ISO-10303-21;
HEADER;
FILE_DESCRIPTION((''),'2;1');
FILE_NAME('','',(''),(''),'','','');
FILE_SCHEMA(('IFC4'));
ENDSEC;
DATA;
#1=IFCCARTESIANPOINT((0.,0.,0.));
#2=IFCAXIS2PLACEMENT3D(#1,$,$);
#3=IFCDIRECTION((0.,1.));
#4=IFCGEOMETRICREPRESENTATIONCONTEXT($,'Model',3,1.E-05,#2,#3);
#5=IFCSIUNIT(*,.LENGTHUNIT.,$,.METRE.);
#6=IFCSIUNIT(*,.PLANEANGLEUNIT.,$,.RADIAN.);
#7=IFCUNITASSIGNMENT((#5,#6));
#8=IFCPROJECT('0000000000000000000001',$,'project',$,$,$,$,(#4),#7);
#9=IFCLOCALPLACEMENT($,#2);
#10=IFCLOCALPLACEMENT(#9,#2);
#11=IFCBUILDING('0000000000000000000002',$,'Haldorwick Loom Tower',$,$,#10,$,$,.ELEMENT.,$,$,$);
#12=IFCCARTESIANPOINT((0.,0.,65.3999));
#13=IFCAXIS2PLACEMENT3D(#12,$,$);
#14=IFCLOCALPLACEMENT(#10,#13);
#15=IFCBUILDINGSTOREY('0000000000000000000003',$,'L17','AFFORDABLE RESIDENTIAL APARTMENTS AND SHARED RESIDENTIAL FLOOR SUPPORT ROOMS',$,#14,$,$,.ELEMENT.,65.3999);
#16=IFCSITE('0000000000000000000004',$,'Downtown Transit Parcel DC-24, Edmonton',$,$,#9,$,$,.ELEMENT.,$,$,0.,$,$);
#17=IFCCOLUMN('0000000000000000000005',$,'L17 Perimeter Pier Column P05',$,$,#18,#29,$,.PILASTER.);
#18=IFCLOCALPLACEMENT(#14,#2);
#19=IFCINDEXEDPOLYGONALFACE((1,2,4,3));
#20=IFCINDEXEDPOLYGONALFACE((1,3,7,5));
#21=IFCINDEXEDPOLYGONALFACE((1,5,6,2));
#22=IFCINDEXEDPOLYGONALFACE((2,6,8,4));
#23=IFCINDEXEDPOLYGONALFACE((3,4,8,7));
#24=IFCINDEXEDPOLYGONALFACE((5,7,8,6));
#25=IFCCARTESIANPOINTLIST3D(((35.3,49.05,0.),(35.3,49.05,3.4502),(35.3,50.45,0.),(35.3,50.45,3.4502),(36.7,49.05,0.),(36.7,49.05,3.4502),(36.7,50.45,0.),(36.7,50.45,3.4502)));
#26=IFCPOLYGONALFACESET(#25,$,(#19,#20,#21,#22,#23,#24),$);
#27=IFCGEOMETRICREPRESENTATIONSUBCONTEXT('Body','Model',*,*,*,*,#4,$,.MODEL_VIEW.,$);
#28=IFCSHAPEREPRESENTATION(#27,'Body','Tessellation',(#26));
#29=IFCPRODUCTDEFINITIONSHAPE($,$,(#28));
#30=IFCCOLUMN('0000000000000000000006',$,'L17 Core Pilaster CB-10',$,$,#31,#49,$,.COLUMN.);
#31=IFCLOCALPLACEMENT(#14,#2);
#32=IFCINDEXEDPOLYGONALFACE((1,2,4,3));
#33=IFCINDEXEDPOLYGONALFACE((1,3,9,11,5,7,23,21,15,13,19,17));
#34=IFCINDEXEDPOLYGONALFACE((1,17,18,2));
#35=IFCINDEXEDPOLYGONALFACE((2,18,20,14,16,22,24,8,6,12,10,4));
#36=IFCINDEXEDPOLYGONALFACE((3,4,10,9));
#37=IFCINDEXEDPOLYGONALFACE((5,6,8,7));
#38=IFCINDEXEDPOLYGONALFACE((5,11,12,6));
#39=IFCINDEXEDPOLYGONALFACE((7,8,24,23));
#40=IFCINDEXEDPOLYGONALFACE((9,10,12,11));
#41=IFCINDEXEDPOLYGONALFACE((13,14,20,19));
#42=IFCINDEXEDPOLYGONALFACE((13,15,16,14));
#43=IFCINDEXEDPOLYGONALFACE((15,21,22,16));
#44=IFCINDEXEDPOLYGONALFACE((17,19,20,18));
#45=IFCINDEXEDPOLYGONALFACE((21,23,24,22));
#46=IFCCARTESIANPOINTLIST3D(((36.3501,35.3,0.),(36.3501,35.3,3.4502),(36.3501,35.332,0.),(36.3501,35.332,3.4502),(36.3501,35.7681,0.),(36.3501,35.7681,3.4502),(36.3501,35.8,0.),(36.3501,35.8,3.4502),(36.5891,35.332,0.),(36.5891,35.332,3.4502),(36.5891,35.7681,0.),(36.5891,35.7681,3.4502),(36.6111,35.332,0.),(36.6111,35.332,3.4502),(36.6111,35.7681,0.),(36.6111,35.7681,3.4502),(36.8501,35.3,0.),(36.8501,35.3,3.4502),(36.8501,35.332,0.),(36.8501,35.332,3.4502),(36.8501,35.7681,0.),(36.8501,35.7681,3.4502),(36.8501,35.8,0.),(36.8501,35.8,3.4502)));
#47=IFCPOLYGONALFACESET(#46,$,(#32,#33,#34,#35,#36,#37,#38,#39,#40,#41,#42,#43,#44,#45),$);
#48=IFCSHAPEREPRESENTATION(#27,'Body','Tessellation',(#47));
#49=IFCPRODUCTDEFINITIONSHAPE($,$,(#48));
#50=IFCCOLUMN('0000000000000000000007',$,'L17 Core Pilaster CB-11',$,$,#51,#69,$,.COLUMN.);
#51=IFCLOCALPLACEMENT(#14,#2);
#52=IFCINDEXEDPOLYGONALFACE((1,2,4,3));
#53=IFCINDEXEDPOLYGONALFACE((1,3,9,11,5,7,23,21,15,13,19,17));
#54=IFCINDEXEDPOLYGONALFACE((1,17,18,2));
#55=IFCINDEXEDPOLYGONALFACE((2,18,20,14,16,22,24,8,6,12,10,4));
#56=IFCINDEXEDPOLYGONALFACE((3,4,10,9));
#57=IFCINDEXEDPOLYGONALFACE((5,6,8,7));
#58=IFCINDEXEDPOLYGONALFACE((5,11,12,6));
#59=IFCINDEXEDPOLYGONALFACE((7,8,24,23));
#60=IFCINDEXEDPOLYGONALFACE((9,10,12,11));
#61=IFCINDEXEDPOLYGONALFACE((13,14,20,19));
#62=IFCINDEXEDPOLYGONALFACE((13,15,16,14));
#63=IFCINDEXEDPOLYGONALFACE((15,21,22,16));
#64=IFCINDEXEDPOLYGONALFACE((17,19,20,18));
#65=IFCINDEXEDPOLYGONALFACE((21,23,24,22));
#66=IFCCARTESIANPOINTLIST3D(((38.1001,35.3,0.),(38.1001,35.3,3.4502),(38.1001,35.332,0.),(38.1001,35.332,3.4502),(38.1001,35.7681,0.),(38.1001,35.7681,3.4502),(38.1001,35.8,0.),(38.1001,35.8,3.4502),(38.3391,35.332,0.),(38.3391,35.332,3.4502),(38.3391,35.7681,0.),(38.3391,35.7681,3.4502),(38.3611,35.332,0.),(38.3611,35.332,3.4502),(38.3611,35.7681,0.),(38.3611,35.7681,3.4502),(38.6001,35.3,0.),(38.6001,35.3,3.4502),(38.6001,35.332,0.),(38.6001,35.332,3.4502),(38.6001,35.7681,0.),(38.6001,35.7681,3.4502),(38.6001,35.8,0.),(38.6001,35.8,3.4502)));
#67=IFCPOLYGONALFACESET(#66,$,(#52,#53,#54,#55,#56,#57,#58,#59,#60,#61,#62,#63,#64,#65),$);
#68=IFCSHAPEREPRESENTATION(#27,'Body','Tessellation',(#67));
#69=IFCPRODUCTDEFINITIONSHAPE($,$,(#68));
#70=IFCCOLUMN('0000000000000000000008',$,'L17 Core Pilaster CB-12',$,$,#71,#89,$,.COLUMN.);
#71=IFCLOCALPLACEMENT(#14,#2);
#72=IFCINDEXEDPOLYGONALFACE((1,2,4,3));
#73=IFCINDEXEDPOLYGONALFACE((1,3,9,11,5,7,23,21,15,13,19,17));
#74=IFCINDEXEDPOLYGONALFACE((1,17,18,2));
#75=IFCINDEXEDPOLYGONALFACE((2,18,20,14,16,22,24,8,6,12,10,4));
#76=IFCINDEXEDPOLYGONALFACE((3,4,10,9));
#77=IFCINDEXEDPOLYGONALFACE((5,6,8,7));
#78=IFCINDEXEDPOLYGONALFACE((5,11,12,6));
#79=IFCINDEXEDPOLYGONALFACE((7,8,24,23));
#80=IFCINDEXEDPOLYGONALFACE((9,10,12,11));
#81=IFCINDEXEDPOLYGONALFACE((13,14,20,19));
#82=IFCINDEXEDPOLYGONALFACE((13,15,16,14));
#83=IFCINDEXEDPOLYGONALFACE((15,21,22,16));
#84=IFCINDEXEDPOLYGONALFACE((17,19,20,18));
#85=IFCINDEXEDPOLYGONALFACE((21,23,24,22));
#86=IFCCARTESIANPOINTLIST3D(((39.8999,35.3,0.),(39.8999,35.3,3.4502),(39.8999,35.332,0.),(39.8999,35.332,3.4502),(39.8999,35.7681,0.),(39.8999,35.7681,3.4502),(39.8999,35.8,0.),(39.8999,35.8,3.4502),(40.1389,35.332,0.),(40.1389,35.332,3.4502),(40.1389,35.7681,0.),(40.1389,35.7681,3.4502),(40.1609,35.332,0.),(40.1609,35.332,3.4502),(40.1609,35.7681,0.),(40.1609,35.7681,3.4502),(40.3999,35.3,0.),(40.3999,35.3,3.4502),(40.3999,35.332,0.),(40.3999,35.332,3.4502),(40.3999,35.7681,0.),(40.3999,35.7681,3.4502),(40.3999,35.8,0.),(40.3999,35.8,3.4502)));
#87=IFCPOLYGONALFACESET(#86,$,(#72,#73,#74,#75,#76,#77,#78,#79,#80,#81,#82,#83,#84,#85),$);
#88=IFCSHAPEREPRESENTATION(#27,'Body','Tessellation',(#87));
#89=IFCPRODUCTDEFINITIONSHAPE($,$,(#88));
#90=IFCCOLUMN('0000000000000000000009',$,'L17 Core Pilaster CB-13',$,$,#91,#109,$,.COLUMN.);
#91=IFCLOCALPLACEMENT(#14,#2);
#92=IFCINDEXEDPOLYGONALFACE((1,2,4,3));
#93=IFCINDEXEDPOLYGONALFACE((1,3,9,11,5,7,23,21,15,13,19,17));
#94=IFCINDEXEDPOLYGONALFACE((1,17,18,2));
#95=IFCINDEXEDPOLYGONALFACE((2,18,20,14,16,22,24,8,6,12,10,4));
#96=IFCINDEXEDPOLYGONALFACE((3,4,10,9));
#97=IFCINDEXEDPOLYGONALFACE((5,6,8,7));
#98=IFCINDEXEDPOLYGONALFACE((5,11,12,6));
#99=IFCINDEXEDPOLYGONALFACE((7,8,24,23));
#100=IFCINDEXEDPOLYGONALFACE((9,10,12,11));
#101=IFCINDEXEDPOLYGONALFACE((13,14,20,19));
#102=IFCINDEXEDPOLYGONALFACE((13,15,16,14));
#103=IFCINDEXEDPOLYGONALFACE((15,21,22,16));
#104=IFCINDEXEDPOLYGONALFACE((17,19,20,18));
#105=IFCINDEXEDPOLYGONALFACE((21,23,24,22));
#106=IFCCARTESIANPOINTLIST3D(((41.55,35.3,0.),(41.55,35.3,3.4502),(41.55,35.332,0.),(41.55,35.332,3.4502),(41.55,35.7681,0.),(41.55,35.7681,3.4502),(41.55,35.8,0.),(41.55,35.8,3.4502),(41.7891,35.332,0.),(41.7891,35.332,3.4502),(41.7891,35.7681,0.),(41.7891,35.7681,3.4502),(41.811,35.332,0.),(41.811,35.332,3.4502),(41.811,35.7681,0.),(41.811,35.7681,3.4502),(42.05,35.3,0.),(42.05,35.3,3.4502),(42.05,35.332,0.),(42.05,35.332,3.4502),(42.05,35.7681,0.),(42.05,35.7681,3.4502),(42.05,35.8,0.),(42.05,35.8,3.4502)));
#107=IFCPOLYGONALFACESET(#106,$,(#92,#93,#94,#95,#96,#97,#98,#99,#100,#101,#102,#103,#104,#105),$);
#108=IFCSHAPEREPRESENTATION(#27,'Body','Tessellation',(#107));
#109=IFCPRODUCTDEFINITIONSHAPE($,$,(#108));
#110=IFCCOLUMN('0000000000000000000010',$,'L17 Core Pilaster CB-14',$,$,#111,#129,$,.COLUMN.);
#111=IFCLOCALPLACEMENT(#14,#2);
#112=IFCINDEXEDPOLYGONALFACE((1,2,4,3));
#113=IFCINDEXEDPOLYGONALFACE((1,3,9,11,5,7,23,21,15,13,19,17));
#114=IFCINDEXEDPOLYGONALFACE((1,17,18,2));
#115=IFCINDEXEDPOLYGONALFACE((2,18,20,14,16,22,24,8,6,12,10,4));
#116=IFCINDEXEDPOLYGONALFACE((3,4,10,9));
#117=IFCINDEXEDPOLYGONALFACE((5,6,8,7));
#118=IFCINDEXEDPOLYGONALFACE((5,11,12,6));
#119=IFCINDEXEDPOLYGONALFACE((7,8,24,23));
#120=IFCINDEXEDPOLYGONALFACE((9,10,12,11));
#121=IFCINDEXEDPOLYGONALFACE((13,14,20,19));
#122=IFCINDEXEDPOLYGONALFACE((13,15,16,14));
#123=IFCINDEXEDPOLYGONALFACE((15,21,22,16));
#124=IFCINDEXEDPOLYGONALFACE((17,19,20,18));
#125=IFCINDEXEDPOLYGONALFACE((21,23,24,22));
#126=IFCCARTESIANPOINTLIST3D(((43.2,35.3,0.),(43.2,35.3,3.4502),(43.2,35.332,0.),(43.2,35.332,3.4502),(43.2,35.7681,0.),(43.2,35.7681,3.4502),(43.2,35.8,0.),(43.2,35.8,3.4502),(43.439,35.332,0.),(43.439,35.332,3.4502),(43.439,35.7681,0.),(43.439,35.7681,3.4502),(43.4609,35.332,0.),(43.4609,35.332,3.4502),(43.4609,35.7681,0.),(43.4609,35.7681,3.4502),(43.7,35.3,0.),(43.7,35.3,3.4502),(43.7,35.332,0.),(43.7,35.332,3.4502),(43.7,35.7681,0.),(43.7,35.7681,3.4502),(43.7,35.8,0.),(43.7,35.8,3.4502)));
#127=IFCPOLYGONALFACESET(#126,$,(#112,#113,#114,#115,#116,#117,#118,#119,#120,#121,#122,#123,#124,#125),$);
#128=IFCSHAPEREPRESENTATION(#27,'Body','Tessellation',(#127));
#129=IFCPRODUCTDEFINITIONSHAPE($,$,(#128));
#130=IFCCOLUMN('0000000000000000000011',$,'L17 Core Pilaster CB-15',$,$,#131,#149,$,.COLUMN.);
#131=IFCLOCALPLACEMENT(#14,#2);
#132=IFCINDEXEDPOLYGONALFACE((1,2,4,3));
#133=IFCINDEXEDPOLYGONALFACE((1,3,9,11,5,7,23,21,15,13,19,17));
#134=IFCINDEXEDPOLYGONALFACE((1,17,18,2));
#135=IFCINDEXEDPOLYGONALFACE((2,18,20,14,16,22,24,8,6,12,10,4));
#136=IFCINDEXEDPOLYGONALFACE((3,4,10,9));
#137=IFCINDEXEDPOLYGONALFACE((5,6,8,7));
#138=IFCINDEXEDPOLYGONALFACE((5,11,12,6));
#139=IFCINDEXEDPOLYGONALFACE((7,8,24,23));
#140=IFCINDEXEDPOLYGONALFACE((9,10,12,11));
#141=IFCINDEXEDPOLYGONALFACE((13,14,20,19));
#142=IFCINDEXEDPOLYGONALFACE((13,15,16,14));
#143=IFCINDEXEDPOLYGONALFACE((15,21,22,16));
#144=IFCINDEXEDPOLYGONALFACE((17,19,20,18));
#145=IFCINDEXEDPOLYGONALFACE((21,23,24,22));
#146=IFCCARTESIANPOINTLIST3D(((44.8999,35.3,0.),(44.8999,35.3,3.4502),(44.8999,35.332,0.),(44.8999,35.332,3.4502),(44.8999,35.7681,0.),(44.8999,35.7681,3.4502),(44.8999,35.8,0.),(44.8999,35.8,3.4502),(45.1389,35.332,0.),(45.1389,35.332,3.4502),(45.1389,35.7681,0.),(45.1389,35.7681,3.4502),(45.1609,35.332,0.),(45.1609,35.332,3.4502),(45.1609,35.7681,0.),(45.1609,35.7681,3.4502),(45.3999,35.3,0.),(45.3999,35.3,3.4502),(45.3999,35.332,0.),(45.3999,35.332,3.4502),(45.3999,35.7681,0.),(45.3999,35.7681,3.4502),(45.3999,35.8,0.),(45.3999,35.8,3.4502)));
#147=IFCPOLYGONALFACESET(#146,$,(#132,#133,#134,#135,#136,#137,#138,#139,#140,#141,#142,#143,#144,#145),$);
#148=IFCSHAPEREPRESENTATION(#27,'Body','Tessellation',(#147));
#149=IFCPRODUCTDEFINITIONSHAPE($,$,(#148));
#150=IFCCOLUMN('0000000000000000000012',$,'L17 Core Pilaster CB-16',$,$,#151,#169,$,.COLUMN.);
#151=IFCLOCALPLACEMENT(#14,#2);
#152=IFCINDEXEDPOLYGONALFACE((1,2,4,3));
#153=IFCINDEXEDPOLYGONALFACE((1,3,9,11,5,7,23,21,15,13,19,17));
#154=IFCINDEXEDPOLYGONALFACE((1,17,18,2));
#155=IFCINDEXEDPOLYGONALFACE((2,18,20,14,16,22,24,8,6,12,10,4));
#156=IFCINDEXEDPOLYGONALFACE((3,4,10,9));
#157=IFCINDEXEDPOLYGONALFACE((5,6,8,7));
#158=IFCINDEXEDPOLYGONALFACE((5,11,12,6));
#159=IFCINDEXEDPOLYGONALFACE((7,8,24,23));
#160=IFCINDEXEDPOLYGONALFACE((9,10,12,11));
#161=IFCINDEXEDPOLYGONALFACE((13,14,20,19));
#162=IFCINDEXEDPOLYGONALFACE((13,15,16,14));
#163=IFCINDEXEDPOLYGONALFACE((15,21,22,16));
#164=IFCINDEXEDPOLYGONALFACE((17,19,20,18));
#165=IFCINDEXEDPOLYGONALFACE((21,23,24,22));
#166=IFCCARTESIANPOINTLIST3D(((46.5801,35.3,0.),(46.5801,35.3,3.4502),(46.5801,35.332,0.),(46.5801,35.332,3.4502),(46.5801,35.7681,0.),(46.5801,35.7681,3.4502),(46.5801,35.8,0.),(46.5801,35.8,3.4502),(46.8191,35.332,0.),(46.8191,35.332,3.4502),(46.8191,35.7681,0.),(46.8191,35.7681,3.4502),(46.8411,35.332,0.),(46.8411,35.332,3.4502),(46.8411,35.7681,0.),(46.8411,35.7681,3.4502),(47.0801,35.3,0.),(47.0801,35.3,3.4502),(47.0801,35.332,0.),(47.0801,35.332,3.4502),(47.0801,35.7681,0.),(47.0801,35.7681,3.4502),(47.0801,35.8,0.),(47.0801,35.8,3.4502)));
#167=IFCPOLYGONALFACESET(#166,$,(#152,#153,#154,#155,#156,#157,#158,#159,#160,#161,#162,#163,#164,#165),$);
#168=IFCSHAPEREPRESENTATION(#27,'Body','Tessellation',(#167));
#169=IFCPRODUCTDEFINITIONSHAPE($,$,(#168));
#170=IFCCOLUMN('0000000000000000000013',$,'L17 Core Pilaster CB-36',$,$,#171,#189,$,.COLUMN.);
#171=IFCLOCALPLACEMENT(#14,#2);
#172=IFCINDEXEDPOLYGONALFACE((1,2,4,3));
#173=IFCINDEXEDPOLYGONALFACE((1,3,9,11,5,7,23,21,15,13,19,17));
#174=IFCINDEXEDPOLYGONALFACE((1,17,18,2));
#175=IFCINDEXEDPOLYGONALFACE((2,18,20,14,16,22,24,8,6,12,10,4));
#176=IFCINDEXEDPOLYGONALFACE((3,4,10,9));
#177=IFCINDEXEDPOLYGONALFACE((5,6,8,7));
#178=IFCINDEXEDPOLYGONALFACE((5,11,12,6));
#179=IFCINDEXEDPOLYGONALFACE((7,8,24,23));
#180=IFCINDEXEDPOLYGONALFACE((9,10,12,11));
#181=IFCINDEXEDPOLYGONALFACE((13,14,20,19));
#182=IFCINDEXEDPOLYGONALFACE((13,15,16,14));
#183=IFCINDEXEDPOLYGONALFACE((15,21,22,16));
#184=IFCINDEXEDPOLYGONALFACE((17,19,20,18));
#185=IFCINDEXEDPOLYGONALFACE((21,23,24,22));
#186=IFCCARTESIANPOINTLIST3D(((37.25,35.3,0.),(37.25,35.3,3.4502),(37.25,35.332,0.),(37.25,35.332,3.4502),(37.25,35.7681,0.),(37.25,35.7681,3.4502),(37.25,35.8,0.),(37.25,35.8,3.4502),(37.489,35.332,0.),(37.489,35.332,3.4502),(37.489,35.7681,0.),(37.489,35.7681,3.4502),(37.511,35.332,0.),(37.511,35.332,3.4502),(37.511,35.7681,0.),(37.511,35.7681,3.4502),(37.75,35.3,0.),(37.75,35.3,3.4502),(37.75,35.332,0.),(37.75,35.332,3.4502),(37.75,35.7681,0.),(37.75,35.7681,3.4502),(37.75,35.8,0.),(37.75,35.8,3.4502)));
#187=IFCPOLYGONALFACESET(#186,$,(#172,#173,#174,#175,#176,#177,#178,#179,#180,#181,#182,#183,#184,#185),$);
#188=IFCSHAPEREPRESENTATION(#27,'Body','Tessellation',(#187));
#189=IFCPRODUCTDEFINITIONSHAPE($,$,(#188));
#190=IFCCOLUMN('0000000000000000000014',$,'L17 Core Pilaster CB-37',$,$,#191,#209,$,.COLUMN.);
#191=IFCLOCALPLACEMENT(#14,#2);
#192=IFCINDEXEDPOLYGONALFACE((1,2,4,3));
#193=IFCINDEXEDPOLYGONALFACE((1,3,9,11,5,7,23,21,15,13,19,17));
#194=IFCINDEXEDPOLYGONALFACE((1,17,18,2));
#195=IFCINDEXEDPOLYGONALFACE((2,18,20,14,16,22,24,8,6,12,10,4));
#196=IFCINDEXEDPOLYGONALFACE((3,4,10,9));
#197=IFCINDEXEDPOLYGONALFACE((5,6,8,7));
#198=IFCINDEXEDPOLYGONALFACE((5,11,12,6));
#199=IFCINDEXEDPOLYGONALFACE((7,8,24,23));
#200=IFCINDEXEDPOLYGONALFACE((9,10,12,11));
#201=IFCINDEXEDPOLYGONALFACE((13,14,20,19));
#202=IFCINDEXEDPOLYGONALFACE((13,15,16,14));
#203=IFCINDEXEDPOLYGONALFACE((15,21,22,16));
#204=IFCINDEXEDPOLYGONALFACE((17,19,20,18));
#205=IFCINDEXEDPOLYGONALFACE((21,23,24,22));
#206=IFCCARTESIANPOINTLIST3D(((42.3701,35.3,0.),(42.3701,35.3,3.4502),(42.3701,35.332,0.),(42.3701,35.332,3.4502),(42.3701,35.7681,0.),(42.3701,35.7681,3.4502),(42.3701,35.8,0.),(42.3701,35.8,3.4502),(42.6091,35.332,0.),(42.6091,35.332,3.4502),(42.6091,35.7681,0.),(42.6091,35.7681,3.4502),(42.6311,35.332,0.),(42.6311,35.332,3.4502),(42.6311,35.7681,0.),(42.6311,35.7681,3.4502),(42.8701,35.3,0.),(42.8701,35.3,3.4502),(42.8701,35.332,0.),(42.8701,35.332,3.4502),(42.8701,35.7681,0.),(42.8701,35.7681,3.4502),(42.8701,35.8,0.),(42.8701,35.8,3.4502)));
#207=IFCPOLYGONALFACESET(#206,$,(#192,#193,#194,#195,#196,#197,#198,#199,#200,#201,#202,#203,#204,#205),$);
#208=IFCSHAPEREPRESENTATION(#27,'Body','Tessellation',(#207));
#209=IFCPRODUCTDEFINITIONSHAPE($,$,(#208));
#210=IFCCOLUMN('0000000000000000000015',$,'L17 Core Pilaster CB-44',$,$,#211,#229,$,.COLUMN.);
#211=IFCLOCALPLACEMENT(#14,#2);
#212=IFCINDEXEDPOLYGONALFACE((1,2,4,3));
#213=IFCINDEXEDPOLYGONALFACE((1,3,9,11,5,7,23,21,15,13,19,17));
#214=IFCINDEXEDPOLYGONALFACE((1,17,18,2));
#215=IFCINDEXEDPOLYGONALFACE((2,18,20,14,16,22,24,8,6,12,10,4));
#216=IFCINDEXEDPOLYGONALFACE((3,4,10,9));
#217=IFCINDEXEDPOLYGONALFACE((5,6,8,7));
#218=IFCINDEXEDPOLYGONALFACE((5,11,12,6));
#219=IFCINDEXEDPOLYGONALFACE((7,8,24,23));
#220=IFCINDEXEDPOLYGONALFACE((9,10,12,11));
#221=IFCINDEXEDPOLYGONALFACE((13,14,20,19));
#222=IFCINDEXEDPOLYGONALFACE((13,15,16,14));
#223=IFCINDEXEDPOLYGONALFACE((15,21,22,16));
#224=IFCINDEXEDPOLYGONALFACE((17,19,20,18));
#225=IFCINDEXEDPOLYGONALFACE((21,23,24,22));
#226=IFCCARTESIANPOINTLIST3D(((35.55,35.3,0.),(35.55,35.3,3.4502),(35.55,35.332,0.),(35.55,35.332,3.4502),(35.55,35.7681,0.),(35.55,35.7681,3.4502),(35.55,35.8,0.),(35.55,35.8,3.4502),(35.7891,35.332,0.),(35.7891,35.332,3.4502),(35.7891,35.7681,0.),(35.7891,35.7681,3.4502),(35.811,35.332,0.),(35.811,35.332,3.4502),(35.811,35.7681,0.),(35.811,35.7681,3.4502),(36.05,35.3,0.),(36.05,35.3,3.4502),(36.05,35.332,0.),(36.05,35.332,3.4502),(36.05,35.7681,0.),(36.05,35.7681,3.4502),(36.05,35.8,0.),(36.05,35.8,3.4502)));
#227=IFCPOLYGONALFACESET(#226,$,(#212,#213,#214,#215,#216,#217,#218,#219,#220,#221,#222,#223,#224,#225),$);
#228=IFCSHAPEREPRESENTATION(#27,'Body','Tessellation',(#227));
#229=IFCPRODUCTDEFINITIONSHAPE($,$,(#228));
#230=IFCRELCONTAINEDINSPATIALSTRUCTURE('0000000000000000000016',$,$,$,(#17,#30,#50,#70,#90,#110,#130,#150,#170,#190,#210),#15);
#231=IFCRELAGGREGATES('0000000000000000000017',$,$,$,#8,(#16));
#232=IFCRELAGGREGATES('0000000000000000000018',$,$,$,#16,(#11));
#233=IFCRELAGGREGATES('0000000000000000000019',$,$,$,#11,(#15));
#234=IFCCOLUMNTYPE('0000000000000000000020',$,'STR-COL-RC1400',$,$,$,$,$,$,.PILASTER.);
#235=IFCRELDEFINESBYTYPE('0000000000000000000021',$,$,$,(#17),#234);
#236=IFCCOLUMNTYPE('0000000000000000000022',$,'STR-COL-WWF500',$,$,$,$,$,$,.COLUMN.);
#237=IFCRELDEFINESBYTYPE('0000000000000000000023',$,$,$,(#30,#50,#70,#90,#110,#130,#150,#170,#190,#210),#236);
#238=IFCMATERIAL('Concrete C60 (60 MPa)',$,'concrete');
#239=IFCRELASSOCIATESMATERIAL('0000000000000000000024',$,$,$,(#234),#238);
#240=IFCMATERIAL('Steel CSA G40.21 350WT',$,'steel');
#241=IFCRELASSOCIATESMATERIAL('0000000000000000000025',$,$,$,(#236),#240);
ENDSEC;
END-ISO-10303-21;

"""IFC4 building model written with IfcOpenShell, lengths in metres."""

from ifc_helpers import new_model, si_unit, direction, frame, origin, origin_2d, place, context, subcontext, project, spatial, rectangle, i_section, extrude, material, material_profile, profile_set, type_object, element, save


model = new_model("IFC4")

# Units and contexts
model_context = context("Model", 3, precision=1e-05, world=origin(), true_north=direction((0.0, 1.0)))
body_context = subcontext(model_context, "Body", "Model", "MODEL_VIEW")
ifc_project = project(units=[si_unit("LENGTHUNIT", "METRE"), si_unit("PLANEANGLEUNIT", "RADIAN")], contexts=[model_context])

# Site, building, storey
site_placement = place(None, origin())
site = spatial("IfcSite", under=ifc_project, at=site_placement, Name="Downtown Transit Parcel DC-24, Edmonton", CompositionType="ELEMENT", RefElevation=0.0)
building_placement = place(site_placement, origin())
building = spatial("IfcBuilding", under=site, at=building_placement, Name="Haldorwick Loom Tower", CompositionType="ELEMENT")
storey_placement = place(building_placement, frame((0.0, 0.0, 65.3999)))
storey = spatial("IfcBuildingStorey", under=building, at=storey_placement, Name="L17", Description="AFFORDABLE RESIDENTIAL APARTMENTS AND SHARED RESIDENTIAL FLOOR SUPPORT ROOMS", CompositionType="ELEMENT", Elevation=65.3999)

# Columns
ifc_material_1 = material(Name="Concrete C60 (60 MPa)", Category="concrete")
ifc_material_profile_1 = material_profile(ifc_material_1, rectangle(XDim=1.3999, YDim=1.3999, at=origin_2d()), Name="RC1400X1400", Category="concrete")
ifc_profile_set_1 = profile_set([ifc_material_profile_1], Name="Concrete C60 (60 MPa)")
column_type_1 = type_object("IfcColumnType", Name="STR-COL-RC1400", PredefinedType="PILASTER", material=ifc_profile_set_1)
column_placement = place(storey_placement, frame((36.0, 49.75, 0.0), z_axis=(0.0, 0.0, 1.0), x_axis=(0.0, 1.0, 0.0)))
element("IfcColumn", 1, at=column_placement, inside=storey, type_object=column_type_1, Name="L17 Perimeter Pier Column P05", PredefinedType="PILASTER", context=body_context, shape_type="SweptSolid", body=[
    extrude(rectangle(XDim=1.3999, YDim=1.3999, at=origin_2d()), origin(), (0.0, 0.0, 1.0), 3.4502),
])
ifc_material_2 = material(Name="Steel CSA G40.21 350WT", Category="steel")
ifc_material_profile_2 = material_profile(ifc_material_2, i_section(OverallWidth=0.5, OverallDepth=0.5, WebThickness=0.022, FlangeThickness=0.032, at=origin_2d()), Name="WWF500X500", Category="steel")
ifc_profile_set_2 = profile_set([ifc_material_profile_2], Name="Steel CSA G40.21 350WT")
column_type_2 = type_object("IfcColumnType", Name="STR-COL-WWF500", PredefinedType="COLUMN", material=ifc_profile_set_2)
for number, where, z_axis, x_axis, name in (
    (2, (36.6001, 35.55, 0.0), (0.0, 0.0, 1.0), (1.0, 0.0, 0.0), "L17 Core Pilaster CB-10"),
    (3, (38.3501, 35.55, 0.0), (0.0, 0.0, 1.0), (1.0, 0.0, 0.0), "L17 Core Pilaster CB-11"),
    (4, (40.1499, 35.55, 0.0), (0.0, 0.0, 1.0), (1.0, 0.0, 0.0), "L17 Core Pilaster CB-12"),
    (5, (41.8, 35.55, 0.0), (0.0, 0.0, 1.0), (1.0, 0.0, 0.0), "L17 Core Pilaster CB-13"),
    (6, (43.45, 35.55, 0.0), (0.0, 0.0, 1.0), (1.0, 0.0, 0.0), "L17 Core Pilaster CB-14"),
    (7, (45.1499, 35.55, 0.0), (0.0, 0.0, 1.0), (1.0, 0.0, 0.0), "L17 Core Pilaster CB-15"),
    (8, (46.8301, 35.55, 0.0), (0.0, 0.0, 1.0), (1.0, 0.0, 0.0), "L17 Core Pilaster CB-16"),
    (9, (37.5, 35.55, 0.0), (0.0, 0.0, 1.0), (1.0, 0.0, 0.0), "L17 Core Pilaster CB-36"),
    (10, (42.6201, 35.55, 0.0), (0.0, 0.0, 1.0), (1.0, 0.0, 0.0), "L17 Core Pilaster CB-37"),
    (11, (35.8, 35.55, 0.0), (0.0, 0.0, 1.0), (1.0, 0.0, 0.0), "L17 Core Pilaster CB-44"),
):
    element("IfcColumn", number, at=place(storey_placement, frame(where, z_axis=z_axis, x_axis=x_axis)), inside=storey, type_object=column_type_2, Name=name, PredefinedType="COLUMN", context=body_context, shape_type="SweptSolid", body=[
        extrude(i_section(OverallWidth=0.5, OverallDepth=0.5, WebThickness=0.022, FlangeThickness=0.032, at=origin_2d()), origin(), (0.0, 0.0, 1.0), 3.4502),
    ])

save(model, "model.ifc")
